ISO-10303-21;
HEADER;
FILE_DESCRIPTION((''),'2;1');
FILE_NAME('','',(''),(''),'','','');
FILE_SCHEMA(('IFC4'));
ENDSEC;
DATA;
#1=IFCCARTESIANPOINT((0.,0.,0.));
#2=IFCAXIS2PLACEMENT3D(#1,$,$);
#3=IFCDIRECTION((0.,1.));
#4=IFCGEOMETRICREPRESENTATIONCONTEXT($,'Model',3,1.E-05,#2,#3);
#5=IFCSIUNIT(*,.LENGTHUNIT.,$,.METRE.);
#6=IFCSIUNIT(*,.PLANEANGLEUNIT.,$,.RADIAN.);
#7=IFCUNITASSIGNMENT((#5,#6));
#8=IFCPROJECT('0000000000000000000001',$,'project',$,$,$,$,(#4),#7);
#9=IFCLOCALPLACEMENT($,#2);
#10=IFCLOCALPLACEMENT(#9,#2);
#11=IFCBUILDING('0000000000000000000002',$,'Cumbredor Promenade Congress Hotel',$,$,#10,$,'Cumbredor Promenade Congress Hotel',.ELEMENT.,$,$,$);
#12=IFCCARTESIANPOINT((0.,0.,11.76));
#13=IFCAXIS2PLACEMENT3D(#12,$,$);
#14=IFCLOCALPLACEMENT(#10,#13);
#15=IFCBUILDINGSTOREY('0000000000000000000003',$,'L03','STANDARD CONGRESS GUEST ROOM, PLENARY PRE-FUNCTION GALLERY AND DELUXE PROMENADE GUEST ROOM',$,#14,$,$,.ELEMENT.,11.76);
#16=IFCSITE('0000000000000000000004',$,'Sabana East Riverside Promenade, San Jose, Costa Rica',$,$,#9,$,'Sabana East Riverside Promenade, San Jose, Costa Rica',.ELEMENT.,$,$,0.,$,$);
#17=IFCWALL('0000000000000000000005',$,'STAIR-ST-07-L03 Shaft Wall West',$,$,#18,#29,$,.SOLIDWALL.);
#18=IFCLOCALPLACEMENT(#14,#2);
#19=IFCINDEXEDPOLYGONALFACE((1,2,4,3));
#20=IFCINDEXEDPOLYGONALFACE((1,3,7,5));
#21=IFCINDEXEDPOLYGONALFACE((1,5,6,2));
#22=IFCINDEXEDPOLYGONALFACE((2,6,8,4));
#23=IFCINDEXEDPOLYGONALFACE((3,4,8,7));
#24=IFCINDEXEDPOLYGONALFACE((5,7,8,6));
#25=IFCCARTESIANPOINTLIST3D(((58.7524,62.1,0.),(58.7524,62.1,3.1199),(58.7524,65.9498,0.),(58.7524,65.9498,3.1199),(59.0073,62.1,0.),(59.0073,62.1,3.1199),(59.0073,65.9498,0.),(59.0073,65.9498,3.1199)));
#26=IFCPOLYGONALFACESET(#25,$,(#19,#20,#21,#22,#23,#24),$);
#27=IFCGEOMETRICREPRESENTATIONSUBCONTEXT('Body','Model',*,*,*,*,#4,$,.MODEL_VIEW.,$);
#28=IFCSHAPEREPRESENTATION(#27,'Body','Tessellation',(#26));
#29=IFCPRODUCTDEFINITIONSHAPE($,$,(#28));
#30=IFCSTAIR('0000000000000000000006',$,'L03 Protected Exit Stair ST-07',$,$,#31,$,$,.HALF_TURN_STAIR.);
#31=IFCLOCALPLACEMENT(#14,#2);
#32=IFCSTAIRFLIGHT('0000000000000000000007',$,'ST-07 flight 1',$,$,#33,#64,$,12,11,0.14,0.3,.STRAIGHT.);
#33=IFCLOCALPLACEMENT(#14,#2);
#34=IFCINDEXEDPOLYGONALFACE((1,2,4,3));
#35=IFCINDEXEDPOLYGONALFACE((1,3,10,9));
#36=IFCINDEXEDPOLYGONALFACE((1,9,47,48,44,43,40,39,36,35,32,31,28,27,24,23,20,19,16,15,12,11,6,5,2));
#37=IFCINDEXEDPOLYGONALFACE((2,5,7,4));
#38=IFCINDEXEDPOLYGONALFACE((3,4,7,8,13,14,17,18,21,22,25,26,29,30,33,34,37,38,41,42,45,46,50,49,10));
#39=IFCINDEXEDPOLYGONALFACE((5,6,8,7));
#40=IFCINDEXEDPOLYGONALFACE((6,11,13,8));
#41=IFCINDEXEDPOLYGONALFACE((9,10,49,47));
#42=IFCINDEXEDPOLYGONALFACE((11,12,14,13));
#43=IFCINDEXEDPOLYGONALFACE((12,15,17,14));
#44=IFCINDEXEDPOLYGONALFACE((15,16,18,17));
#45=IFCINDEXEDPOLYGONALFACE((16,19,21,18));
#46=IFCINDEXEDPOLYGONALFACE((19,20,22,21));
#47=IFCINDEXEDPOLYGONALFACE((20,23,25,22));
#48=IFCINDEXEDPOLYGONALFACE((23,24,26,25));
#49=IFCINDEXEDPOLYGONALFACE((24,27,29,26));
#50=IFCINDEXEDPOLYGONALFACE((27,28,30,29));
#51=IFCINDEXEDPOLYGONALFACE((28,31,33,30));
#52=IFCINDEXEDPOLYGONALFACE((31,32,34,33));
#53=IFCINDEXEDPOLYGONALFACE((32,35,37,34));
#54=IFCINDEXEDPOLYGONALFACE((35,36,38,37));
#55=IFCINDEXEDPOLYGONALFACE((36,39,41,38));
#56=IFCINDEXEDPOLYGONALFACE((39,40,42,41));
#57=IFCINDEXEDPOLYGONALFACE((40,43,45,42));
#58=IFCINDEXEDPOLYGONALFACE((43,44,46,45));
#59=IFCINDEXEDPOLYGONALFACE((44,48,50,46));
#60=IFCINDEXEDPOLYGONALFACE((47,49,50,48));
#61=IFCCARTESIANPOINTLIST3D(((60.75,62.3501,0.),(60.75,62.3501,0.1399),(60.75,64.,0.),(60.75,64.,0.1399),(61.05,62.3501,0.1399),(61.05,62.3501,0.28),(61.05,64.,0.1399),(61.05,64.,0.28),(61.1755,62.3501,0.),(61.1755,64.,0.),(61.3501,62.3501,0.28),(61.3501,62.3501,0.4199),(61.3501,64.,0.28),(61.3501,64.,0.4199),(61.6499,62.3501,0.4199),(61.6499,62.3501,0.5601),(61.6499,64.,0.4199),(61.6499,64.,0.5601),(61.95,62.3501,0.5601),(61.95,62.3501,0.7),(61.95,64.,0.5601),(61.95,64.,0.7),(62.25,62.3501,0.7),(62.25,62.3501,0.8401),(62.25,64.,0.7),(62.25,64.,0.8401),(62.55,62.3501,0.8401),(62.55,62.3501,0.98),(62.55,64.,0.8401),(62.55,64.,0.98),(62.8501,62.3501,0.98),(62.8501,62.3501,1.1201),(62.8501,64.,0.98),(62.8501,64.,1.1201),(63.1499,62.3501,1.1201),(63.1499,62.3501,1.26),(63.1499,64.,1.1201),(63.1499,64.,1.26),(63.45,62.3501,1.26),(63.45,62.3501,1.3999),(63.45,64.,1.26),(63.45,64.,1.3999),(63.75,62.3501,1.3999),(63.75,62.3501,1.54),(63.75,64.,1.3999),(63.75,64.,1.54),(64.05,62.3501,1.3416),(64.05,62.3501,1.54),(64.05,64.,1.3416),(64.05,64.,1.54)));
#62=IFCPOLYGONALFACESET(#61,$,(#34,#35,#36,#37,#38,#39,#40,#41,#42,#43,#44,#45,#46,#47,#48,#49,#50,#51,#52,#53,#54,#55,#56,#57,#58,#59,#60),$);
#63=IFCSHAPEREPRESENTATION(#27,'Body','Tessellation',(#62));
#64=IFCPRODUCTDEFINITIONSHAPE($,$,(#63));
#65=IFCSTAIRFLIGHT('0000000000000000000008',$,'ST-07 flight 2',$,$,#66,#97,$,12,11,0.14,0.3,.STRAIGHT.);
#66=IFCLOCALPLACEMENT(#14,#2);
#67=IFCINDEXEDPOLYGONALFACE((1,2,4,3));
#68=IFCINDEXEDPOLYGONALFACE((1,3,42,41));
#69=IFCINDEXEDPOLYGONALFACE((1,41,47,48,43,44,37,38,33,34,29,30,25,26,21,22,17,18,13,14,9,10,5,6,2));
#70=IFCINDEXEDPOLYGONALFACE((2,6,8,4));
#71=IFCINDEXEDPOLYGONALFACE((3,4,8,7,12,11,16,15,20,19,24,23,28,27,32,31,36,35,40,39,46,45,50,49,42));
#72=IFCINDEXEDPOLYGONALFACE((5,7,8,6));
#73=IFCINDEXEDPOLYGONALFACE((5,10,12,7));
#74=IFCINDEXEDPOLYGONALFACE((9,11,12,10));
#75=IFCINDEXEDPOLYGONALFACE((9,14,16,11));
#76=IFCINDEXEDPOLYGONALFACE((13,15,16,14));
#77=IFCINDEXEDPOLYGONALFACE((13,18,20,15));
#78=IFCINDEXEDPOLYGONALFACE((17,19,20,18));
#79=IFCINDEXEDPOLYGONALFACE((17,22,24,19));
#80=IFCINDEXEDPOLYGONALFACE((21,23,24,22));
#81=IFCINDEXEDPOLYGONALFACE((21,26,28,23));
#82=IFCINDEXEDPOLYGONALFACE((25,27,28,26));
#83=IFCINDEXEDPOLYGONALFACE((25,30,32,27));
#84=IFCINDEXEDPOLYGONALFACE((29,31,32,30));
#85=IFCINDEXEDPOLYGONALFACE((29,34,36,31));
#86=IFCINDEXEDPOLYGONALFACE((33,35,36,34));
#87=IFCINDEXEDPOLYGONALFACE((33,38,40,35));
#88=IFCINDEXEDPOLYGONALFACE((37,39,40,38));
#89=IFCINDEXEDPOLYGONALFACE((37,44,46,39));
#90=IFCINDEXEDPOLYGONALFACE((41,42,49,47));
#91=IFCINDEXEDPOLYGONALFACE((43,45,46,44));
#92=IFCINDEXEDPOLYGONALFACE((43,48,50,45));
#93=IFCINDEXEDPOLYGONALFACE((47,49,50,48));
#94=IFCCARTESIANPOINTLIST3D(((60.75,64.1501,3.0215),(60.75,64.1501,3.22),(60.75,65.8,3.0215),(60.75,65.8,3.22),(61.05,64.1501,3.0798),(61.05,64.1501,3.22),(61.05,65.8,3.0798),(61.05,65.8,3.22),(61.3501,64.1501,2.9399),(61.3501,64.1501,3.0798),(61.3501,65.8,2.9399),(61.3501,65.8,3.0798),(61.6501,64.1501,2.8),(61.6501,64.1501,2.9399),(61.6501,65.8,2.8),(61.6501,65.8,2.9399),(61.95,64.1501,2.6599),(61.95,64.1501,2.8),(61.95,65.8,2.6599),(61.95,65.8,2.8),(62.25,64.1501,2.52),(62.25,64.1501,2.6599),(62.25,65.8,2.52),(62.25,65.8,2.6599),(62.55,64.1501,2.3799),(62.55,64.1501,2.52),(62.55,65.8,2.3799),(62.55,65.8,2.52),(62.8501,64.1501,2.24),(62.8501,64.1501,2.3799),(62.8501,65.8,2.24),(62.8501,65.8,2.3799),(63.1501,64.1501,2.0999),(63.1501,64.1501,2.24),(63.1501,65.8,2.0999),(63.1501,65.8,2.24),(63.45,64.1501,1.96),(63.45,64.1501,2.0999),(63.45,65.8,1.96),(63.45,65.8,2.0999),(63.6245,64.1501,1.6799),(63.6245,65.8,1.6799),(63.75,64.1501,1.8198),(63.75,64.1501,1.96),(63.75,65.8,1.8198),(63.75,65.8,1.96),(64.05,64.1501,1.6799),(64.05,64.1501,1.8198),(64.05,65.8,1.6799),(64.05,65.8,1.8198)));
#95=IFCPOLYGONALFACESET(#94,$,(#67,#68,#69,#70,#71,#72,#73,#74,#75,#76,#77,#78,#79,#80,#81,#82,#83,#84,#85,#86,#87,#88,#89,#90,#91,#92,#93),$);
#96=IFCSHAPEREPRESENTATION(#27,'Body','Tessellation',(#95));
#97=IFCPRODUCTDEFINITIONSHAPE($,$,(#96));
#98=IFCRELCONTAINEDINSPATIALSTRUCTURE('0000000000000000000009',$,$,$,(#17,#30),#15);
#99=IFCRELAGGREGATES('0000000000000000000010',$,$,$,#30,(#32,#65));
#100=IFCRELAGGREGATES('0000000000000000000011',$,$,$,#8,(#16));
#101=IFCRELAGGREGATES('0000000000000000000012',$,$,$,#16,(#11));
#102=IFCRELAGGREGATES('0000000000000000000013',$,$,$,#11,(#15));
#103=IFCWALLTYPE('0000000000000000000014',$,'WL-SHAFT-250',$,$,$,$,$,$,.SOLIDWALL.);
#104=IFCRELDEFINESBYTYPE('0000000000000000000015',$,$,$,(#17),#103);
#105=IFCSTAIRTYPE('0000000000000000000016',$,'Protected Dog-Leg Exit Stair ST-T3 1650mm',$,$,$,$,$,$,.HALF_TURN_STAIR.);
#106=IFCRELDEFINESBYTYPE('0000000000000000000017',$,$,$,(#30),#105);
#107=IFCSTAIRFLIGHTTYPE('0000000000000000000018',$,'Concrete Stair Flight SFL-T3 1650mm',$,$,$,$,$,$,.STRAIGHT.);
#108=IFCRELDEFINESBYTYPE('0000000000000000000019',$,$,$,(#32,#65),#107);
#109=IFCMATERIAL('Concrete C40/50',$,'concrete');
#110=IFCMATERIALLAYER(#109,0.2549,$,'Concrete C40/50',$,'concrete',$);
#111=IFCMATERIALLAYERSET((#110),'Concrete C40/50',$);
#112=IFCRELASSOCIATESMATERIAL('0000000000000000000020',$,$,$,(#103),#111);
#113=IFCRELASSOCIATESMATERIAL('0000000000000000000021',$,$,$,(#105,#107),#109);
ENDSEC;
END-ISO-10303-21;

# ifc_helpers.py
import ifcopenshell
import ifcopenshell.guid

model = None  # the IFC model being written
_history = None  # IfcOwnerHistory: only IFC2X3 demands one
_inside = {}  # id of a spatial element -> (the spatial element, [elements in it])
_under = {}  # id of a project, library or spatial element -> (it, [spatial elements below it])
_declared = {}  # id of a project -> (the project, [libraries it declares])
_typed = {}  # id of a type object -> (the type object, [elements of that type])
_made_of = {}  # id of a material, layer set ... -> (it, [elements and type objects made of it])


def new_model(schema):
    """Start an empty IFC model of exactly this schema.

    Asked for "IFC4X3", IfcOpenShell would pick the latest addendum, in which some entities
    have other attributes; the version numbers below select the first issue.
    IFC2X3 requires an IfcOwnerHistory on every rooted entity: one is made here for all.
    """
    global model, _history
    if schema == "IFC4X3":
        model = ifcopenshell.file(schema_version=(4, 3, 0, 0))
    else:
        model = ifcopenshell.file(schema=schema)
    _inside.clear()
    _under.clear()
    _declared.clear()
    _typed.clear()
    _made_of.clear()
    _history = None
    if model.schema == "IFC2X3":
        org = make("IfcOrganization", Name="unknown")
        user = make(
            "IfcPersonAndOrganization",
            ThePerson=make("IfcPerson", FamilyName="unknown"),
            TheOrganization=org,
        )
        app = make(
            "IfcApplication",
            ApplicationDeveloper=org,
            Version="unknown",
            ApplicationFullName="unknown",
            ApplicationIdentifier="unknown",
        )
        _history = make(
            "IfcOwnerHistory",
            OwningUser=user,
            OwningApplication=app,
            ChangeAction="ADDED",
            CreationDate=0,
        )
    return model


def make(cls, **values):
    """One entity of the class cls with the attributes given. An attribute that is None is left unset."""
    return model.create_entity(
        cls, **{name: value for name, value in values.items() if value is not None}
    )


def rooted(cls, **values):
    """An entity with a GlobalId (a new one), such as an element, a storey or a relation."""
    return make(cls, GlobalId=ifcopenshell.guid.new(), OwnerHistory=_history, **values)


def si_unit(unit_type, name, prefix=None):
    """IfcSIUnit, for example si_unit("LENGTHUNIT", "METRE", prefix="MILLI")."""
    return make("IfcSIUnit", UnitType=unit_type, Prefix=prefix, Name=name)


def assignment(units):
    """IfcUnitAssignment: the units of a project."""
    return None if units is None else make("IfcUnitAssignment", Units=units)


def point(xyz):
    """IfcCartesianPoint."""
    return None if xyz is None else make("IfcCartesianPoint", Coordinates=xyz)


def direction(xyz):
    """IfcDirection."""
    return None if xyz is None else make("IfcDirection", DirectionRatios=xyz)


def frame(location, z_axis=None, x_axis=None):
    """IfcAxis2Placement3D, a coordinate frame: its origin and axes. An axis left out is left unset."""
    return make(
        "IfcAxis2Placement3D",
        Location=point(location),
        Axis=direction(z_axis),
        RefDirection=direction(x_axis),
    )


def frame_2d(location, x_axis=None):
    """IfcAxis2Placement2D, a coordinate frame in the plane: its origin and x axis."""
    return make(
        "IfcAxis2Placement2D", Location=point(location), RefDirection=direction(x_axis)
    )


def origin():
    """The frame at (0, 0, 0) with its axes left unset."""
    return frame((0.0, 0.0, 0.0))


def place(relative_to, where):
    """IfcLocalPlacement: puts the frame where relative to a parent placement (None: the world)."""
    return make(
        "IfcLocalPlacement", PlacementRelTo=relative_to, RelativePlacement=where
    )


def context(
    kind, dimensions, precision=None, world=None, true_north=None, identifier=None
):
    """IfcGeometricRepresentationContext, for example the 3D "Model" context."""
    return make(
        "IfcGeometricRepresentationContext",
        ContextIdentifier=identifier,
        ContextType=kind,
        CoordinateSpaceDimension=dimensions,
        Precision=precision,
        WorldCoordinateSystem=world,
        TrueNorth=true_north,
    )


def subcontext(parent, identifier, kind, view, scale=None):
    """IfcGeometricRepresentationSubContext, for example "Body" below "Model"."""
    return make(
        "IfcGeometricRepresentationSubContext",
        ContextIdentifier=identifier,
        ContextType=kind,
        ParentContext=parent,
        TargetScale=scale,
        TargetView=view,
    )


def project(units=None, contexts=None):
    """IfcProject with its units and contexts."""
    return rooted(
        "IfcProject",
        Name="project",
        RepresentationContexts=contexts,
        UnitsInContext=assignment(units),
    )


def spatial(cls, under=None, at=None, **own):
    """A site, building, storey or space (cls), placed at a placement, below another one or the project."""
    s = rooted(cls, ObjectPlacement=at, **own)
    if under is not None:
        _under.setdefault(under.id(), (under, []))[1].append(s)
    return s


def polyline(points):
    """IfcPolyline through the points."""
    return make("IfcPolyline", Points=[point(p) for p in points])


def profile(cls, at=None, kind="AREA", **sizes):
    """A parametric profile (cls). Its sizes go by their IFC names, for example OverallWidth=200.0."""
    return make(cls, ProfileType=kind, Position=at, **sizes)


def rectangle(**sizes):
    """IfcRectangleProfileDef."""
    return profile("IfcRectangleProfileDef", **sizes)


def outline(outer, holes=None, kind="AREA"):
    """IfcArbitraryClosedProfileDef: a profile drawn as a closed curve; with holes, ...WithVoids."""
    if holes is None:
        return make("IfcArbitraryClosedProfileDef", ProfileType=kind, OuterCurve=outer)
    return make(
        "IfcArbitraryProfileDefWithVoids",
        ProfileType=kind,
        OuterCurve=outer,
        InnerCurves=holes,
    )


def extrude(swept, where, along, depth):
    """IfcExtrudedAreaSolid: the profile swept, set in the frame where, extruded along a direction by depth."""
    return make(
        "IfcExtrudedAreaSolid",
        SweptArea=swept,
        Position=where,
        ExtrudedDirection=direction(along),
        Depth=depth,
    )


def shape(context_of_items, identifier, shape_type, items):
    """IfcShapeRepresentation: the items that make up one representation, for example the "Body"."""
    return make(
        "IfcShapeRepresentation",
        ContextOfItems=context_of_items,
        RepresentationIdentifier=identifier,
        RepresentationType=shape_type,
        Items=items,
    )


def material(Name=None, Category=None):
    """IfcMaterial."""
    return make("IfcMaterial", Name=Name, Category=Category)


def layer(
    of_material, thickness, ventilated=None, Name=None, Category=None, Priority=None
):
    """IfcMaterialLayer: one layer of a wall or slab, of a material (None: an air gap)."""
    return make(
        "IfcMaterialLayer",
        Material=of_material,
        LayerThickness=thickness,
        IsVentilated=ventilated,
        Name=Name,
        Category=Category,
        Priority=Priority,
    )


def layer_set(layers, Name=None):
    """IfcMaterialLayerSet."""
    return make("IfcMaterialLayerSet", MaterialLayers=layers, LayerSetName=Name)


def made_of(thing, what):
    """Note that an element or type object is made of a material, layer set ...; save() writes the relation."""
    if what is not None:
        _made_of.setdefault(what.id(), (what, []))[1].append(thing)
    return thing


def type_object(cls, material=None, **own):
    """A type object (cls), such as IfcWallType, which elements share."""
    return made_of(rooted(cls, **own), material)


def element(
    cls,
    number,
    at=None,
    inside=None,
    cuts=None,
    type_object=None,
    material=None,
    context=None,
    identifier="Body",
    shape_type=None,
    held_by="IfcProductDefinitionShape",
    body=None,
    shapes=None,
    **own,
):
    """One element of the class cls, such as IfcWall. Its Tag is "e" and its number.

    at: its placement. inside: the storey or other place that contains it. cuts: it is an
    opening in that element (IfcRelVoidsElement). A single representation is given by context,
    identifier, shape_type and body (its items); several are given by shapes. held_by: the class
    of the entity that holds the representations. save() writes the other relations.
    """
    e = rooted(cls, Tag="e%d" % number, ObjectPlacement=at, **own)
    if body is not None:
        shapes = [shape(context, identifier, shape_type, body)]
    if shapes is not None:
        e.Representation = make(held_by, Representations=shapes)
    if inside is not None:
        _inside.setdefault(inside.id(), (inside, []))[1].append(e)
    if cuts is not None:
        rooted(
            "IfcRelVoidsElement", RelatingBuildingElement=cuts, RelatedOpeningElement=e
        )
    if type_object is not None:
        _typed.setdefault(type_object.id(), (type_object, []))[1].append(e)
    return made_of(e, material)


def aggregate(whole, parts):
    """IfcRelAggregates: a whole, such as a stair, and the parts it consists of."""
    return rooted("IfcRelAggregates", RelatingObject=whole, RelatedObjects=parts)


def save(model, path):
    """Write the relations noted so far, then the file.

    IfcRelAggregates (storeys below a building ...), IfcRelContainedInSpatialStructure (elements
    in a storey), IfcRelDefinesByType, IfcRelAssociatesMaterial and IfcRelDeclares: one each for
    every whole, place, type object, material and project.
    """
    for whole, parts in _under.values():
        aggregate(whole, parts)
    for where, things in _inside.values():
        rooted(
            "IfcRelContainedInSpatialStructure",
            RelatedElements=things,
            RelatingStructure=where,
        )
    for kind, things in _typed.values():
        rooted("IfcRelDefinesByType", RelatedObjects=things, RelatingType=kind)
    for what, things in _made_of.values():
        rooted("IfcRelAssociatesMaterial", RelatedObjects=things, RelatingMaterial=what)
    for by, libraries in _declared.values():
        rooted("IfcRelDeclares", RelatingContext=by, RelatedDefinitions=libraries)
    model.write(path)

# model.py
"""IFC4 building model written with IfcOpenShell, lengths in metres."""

from ifc_helpers import new_model, si_unit, direction, frame, frame_2d, origin, place, context, subcontext, project, spatial, polyline, rectangle, outline, extrude, material, layer, layer_set, type_object, element, aggregate, save


model = new_model("IFC4")

# Units and contexts
model_context = context("Model", 3, precision=1e-05, world=origin(), true_north=direction((0.0, 1.0)))
body_context = subcontext(model_context, "Body", "Model", "MODEL_VIEW")
ifc_project = project(units=[si_unit("LENGTHUNIT", "METRE"), si_unit("PLANEANGLEUNIT", "RADIAN")], contexts=[model_context])

# Site, building, storey
site_placement = place(None, origin())
site = spatial("IfcSite", under=ifc_project, at=site_placement, Name="Sabana East Riverside Promenade, San Jose, Costa Rica", LongName="Sabana East Riverside Promenade, San Jose, Costa Rica", CompositionType="ELEMENT", RefElevation=0.0)
building_placement = place(site_placement, origin())
building = spatial("IfcBuilding", under=site, at=building_placement, Name="Cumbredor Promenade Congress Hotel", LongName="Cumbredor Promenade Congress Hotel", CompositionType="ELEMENT")
storey_placement = place(building_placement, frame((0.0, 0.0, 11.76)))
storey = spatial("IfcBuildingStorey", under=building, at=storey_placement, Name="L03", Description="STANDARD CONGRESS GUEST ROOM, PLENARY PRE-FUNCTION GALLERY AND DELUXE PROMENADE GUEST ROOM", CompositionType="ELEMENT", Elevation=11.76)

# Shared definitions
ifc_material_1 = material(Name="Concrete C40/50", Category="concrete")

# Shared definitions
ifc_layer_1 = layer(ifc_material_1, 0.2549, Name="Concrete C40/50", Category="concrete")
ifc_layer_set_1 = layer_set([ifc_layer_1], Name="Concrete C40/50")
wall_type_1 = type_object("IfcWallType", Name="WL-SHAFT-250", PredefinedType="SOLIDWALL", material=ifc_layer_set_1)

# Wall
wall_1_placement = place(storey_placement, frame((58.8799, 62.1001, 0.0), z_axis=(0.0, 0.0, 1.0), x_axis=(0.0, 1.0, 0.0)))
element("IfcWall", 1, at=wall_1_placement, inside=storey, type_object=wall_type_1, Name="STAIR-ST-07-L03 Shaft Wall West", PredefinedType="SOLIDWALL", context=body_context, shape_type="SweptSolid", body=[
    extrude(rectangle(XDim=3.8499, YDim=0.2549, at=frame_2d((1.9248, 0.0))), origin(), (0.0, 0.0, 1.0), 3.1199),
])

# Stair, stair flights
stair_type = type_object("IfcStairType", Name="Protected Dog-Leg Exit Stair ST-T3 1650mm", PredefinedType="HALF_TURN_STAIR", material=ifc_material_1)
stair_placement = place(storey_placement, origin())
stair = element("IfcStair", 2, at=stair_placement, inside=storey, type_object=stair_type, Name="L03 Protected Exit Stair ST-07", PredefinedType="HALF_TURN_STAIR")
stair_flight_type = type_object("IfcStairFlightType", Name="Concrete Stair Flight SFL-T3 1650mm", PredefinedType="STRAIGHT", material=ifc_material_1)
stair_flight_1_placement = place(storey_placement, frame((60.75, 63.175, 0.0), z_axis=(0.0, 0.0, 1.0), x_axis=(1.0, 0.0, 0.0)))
stair_flight_1 = element("IfcStairFlight", 3, at=stair_flight_1_placement, type_object=stair_flight_type, Name="ST-07 flight 1", NumberOfRisers=12, NumberOfTreads=11, PredefinedType="STRAIGHT", RiserHeight=0.14, TreadLength=0.3, context=body_context, shape_type="SweptSolid", body=[
    extrude(outline(polyline([(0.0, 0.0), (0.0, 0.1399), (0.3, 0.1399), (0.3, 0.28), (0.6001, 0.28), (0.6001, 0.4199), (0.8999, 0.4199), (0.8999, 0.5601), (1.2, 0.5601), (1.2, 0.7), (1.5, 0.7), (1.5, 0.8401), (1.8, 0.8401), (1.8, 0.98), (2.1001, 0.98), (2.1001, 1.1201), (2.3999, 1.1201), (2.3999, 1.26), (2.7, 1.26), (2.7, 1.3999), (3.0, 1.3999), (3.0, 1.54), (3.3, 1.54), (3.3, 1.6799), (3.3, 1.3416), (0.4255, 0.0), (0.0, 0.0)])), frame((0.0, 0.825, 0.0), z_axis=(0.0, -1.0, 0.0), x_axis=(1.0, 0.0, 0.0)), (0.0, 0.0, 1.0), 1.6499),
])
stair_flight_2_placement = place(storey_placement, frame((64.05, 64.9751, 1.6799), z_axis=(0.0, 0.0, 1.0), x_axis=(-1.0, 0.0, 0.0)))
stair_flight_2 = element("IfcStairFlight", 4, at=stair_flight_2_placement, type_object=stair_flight_type, Name="ST-07 flight 2", NumberOfRisers=12, NumberOfTreads=11, PredefinedType="STRAIGHT", RiserHeight=0.14, TreadLength=0.3, context=body_context, shape_type="SweptSolid", body=[
    extrude(outline(polyline([(0.0, 0.0), (0.0, 0.1399), (0.3, 0.1399), (0.3, 0.28), (0.6001, 0.28), (0.6001, 0.4199), (0.8999, 0.4199), (0.8999, 0.5601), (1.2, 0.5601), (1.2, 0.7), (1.5, 0.7), (1.5, 0.8401), (1.8, 0.8401), (1.8, 0.98), (2.1001, 0.98), (2.1001, 1.1201), (2.3999, 1.1201), (2.3999, 1.26), (2.7, 1.26), (2.7, 1.3999), (3.0, 1.3999), (3.0, 1.54), (3.3, 1.54), (3.3, 1.6799), (3.3, 1.3416), (0.4255, 0.0), (0.0, 0.0)])), frame((0.0, 0.825, 0.0), z_axis=(0.0, -1.0, 0.0), x_axis=(1.0, 0.0, 0.0)), (0.0, 0.0, 1.0), 1.6499),
])
aggregate(stair, [stair_flight_1, stair_flight_2])

save(model, "model.ifc")
